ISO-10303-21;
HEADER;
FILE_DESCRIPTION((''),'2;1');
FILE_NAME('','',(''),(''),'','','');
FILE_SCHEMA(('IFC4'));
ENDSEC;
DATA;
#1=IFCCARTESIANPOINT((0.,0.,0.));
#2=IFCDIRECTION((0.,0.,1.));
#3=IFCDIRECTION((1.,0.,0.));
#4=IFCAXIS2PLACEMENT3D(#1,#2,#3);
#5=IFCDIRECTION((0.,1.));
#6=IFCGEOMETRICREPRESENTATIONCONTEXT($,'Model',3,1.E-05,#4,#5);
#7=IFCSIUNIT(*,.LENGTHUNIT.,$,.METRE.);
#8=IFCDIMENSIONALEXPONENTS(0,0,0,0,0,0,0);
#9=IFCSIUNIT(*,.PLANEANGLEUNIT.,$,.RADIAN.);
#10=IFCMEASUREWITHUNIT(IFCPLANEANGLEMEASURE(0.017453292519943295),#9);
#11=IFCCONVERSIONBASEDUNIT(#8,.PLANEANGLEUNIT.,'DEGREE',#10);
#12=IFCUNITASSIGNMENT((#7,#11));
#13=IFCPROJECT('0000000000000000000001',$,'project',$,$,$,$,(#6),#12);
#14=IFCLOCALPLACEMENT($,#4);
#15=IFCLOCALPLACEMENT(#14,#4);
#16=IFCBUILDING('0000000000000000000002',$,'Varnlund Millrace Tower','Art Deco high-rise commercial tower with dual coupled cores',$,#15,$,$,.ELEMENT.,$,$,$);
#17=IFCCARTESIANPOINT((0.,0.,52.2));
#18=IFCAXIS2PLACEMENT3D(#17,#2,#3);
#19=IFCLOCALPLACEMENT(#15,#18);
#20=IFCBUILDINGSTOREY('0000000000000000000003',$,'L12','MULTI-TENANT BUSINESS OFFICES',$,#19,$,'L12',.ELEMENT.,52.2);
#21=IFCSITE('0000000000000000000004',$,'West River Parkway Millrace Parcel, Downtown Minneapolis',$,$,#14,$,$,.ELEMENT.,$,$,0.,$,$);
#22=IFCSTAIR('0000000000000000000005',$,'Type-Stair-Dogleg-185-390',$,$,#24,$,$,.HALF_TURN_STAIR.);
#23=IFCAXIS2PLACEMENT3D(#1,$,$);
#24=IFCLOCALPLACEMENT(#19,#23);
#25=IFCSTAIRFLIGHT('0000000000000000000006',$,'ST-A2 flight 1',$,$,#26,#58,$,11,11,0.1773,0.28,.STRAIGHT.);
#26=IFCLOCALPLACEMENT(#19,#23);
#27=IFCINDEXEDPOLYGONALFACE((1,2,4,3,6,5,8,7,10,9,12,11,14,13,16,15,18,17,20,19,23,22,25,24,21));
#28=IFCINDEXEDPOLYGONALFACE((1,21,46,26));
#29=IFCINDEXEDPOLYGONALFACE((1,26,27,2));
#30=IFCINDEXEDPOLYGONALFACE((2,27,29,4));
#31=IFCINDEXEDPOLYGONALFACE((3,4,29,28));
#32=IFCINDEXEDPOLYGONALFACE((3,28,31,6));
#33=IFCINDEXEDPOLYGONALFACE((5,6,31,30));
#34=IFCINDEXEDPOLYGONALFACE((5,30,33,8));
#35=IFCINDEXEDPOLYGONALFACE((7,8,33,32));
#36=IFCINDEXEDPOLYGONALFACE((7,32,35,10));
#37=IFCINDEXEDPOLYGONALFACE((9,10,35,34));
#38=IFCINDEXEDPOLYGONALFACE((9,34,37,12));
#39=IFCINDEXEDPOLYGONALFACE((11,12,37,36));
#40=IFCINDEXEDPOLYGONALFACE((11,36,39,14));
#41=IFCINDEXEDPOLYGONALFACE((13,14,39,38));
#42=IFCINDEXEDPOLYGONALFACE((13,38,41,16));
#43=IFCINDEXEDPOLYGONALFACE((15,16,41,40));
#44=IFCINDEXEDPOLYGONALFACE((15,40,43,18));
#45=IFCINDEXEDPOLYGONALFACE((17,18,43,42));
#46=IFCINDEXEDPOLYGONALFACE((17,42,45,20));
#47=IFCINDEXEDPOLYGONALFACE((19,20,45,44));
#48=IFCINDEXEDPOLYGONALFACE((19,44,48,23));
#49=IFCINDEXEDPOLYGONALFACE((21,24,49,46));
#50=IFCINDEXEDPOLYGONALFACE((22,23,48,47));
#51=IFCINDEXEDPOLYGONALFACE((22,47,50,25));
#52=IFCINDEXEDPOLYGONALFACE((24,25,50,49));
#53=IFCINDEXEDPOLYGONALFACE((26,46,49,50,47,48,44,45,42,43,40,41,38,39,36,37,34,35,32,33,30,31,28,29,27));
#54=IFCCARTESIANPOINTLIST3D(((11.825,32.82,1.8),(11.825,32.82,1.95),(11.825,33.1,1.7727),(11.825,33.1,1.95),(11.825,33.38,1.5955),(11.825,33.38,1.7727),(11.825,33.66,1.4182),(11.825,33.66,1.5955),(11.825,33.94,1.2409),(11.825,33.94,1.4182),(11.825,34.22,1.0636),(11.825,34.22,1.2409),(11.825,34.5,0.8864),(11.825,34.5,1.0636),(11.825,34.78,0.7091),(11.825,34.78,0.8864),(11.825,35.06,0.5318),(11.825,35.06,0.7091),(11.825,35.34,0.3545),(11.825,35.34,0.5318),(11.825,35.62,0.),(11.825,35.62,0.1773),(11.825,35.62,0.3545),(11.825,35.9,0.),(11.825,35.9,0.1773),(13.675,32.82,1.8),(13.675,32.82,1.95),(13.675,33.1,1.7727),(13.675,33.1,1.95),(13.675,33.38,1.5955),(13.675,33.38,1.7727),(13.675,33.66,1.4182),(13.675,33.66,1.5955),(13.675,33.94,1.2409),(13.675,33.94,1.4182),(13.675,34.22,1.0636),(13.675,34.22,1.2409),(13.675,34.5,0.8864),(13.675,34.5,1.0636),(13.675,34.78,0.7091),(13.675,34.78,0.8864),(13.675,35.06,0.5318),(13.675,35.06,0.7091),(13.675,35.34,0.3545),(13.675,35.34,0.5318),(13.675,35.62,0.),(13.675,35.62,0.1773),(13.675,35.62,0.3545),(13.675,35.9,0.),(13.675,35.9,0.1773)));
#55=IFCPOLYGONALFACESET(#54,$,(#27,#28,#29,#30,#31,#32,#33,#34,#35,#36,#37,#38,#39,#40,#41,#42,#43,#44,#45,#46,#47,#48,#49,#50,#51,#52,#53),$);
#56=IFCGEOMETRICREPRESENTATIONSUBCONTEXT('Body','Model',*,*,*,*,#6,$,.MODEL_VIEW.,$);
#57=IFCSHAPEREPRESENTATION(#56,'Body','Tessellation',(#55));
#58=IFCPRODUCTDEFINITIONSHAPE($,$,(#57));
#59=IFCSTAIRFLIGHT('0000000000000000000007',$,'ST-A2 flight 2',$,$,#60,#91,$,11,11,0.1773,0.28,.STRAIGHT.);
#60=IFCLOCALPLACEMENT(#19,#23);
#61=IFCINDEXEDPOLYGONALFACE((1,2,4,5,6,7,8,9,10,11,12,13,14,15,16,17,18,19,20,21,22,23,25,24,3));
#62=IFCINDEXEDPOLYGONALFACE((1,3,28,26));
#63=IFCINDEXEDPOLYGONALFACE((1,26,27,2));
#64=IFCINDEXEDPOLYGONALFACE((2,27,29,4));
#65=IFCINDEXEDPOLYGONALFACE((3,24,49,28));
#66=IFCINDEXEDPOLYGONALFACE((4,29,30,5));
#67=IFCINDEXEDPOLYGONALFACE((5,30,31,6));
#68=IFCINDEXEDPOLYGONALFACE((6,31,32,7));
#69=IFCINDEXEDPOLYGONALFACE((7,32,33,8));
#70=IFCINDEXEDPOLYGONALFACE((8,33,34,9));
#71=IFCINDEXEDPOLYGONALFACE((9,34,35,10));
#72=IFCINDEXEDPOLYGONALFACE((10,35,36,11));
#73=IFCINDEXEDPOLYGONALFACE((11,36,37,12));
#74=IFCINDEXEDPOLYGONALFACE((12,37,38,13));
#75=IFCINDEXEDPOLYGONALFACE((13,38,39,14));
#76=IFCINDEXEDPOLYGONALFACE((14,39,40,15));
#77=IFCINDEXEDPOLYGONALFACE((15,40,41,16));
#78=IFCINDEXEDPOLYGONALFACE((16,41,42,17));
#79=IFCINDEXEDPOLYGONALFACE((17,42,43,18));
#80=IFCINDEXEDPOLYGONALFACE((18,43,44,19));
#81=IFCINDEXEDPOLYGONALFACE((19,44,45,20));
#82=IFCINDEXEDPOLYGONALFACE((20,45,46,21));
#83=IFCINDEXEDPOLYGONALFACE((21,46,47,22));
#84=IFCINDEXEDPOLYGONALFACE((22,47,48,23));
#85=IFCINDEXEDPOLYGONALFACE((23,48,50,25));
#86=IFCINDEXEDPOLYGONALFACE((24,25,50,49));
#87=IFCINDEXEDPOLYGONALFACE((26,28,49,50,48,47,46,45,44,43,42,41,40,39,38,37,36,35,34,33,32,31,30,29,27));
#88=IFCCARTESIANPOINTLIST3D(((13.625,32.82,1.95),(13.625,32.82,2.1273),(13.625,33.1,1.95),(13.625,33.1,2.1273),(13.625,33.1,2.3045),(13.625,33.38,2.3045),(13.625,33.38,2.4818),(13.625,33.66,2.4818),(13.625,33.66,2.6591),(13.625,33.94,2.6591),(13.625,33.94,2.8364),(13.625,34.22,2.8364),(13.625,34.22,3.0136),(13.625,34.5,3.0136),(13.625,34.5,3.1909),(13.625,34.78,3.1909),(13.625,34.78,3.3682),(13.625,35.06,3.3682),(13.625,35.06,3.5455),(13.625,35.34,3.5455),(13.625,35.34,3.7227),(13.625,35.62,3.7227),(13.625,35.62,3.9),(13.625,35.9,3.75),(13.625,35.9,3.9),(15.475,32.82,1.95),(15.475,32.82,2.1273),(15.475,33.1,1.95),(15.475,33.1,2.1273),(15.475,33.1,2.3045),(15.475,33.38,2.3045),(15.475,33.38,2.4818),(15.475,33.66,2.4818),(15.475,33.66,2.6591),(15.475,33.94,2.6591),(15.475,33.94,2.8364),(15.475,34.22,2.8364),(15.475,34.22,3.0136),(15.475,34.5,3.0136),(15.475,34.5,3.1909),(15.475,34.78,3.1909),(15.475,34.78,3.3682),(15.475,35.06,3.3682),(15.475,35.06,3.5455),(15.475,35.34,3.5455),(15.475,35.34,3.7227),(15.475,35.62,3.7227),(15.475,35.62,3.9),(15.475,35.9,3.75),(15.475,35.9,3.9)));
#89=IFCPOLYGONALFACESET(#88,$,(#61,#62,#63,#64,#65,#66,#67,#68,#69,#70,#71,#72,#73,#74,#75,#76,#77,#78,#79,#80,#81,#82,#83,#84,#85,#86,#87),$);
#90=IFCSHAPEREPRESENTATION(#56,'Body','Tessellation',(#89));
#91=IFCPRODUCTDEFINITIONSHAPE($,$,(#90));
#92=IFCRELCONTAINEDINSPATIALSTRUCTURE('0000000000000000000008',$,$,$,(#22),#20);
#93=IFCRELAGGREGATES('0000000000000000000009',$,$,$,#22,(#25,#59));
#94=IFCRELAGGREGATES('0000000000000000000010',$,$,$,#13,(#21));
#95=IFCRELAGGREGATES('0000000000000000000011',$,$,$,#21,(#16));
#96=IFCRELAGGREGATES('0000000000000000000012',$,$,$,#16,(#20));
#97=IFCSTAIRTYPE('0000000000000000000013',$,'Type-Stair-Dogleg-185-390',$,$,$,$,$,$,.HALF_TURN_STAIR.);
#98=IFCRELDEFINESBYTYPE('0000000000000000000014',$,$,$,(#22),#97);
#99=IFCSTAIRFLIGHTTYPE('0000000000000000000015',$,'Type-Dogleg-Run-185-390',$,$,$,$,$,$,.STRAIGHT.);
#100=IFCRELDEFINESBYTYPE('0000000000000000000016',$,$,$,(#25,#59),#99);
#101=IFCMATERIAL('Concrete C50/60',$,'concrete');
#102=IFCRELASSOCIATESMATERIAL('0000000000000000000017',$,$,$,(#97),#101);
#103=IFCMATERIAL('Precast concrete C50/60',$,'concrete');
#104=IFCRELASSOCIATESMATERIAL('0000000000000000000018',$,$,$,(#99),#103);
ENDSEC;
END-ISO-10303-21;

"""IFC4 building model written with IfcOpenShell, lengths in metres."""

from ifc_helpers import new_model, entity, si_unit, converted_unit, direction, frame, origin_with_axes, place, context, subcontext, project, spatial, polyline, outline, extrude, material, type_object, element, aggregate, save


model = new_model("IFC4")

# Units and contexts
model_context = context("Model", 3, precision=1e-05, world=origin_with_axes(), true_north=direction((0.0, 1.0)))
body_context = subcontext(model_context, "Body", "Model", "MODEL_VIEW")
ifc_project = project(units=[si_unit("LENGTHUNIT", "METRE"), converted_unit("PLANEANGLEUNIT", "DEGREE", entity("IfcPlaneAngleMeasure", 0.017453292519943295), si_unit("PLANEANGLEUNIT", "RADIAN"), dimensions=[0, 0, 0, 0, 0, 0, 0])], contexts=[model_context])

# Site, building, storey
site_placement = place(None, origin_with_axes())
site = spatial("IfcSite", under=ifc_project, at=site_placement, Name="West River Parkway Millrace Parcel, Downtown Minneapolis", CompositionType="ELEMENT", RefElevation=0.0)
building_placement = place(site_placement, origin_with_axes())
building = spatial("IfcBuilding", under=site, at=building_placement, Name="Varnlund Millrace Tower", Description="Art Deco high-rise commercial tower with dual coupled cores", CompositionType="ELEMENT")
storey_placement = place(building_placement, frame((0.0, 0.0, 52.2), z_axis=(0.0, 0.0, 1.0), x_axis=(1.0, 0.0, 0.0)))
storey = spatial("IfcBuildingStorey", under=building, at=storey_placement, Name="L12", Description="MULTI-TENANT BUSINESS OFFICES", LongName="L12", CompositionType="ELEMENT", Elevation=52.2)

# Stair, stair flights
ifc_material_1 = material(Name="Concrete C50/60", Category="concrete")
stair_type = type_object("IfcStairType", Name="Type-Stair-Dogleg-185-390", PredefinedType="HALF_TURN_STAIR", material=ifc_material_1)
stair_placement = place(storey_placement, origin_with_axes())
stair = element("IfcStair", 1, at=stair_placement, inside=storey, type_object=stair_type, Name="Type-Stair-Dogleg-185-390", PredefinedType="HALF_TURN_STAIR")
ifc_material_2 = material(Name="Precast concrete C50/60", Category="concrete")
stair_flight_type = type_object("IfcStairFlightType", Name="Type-Dogleg-Run-185-390", PredefinedType="STRAIGHT", material=ifc_material_2)
stair_flight_1_placement = place(storey_placement, frame((13.675, 35.9, 0.0), z_axis=(-1.0, 0.0, 0.0), x_axis=(0.0, -1.0, 0.0)))
stair_flight_1 = element("IfcStairFlight", 2, at=stair_flight_1_placement, type_object=stair_flight_type, Name="ST-A2 flight 1", NumberOfRisers=11, NumberOfTreads=11, PredefinedType="STRAIGHT", RiserHeight=0.1773, TreadLength=0.28, context=body_context, shape_type="SweptSolid", body=[
    extrude(outline(polyline([(0.0, 0.0), (0.0, 0.1773), (0.28, 0.1773), (0.28, 0.3545), (0.56, 0.3545), (0.56, 0.5318), (0.84, 0.5318), (0.84, 0.7091), (1.12, 0.7091), (1.12, 0.8864), (1.4, 0.8864), (1.4, 1.0636), (1.68, 1.0636), (1.68, 1.2409), (1.96, 1.2409), (1.96, 1.4182), (2.24, 1.4182), (2.24, 1.5955), (2.52, 1.5955), (2.52, 1.7727), (2.8, 1.7727), (2.8, 1.95), (3.08, 1.95), (3.08, 1.8), (0.28, 0.0), (0.0, 0.0)])), origin_with_axes(), (0.0, 0.0, 1.0), 1.85),
])
stair_flight_2_placement = place(storey_placement, frame((13.625, 32.82, 1.95), z_axis=(1.0, 0.0, 0.0), x_axis=(0.0, 1.0, 0.0)))
stair_flight_2 = element("IfcStairFlight", 3, at=stair_flight_2_placement, type_object=stair_flight_type, Name="ST-A2 flight 2", NumberOfRisers=11, NumberOfTreads=11, PredefinedType="STRAIGHT", RiserHeight=0.1773, TreadLength=0.28, context=body_context, shape_type="SweptSolid", body=[
    extrude(outline(polyline([(0.0, 0.0), (0.0, 0.1773), (0.28, 0.1773), (0.28, 0.3545), (0.56, 0.3545), (0.56, 0.5318), (0.84, 0.5318), (0.84, 0.7091), (1.12, 0.7091), (1.12, 0.8864), (1.4, 0.8864), (1.4, 1.0636), (1.68, 1.0636), (1.68, 1.2409), (1.96, 1.2409), (1.96, 1.4182), (2.24, 1.4182), (2.24, 1.5955), (2.52, 1.5955), (2.52, 1.7727), (2.8, 1.7727), (2.8, 1.95), (3.08, 1.95), (3.08, 1.8), (0.28, 0.0), (0.0, 0.0)])), origin_with_axes(), (0.0, 0.0, 1.0), 1.85),
])
aggregate(stair, [stair_flight_1, stair_flight_2])

save(model, "model.ifc")
